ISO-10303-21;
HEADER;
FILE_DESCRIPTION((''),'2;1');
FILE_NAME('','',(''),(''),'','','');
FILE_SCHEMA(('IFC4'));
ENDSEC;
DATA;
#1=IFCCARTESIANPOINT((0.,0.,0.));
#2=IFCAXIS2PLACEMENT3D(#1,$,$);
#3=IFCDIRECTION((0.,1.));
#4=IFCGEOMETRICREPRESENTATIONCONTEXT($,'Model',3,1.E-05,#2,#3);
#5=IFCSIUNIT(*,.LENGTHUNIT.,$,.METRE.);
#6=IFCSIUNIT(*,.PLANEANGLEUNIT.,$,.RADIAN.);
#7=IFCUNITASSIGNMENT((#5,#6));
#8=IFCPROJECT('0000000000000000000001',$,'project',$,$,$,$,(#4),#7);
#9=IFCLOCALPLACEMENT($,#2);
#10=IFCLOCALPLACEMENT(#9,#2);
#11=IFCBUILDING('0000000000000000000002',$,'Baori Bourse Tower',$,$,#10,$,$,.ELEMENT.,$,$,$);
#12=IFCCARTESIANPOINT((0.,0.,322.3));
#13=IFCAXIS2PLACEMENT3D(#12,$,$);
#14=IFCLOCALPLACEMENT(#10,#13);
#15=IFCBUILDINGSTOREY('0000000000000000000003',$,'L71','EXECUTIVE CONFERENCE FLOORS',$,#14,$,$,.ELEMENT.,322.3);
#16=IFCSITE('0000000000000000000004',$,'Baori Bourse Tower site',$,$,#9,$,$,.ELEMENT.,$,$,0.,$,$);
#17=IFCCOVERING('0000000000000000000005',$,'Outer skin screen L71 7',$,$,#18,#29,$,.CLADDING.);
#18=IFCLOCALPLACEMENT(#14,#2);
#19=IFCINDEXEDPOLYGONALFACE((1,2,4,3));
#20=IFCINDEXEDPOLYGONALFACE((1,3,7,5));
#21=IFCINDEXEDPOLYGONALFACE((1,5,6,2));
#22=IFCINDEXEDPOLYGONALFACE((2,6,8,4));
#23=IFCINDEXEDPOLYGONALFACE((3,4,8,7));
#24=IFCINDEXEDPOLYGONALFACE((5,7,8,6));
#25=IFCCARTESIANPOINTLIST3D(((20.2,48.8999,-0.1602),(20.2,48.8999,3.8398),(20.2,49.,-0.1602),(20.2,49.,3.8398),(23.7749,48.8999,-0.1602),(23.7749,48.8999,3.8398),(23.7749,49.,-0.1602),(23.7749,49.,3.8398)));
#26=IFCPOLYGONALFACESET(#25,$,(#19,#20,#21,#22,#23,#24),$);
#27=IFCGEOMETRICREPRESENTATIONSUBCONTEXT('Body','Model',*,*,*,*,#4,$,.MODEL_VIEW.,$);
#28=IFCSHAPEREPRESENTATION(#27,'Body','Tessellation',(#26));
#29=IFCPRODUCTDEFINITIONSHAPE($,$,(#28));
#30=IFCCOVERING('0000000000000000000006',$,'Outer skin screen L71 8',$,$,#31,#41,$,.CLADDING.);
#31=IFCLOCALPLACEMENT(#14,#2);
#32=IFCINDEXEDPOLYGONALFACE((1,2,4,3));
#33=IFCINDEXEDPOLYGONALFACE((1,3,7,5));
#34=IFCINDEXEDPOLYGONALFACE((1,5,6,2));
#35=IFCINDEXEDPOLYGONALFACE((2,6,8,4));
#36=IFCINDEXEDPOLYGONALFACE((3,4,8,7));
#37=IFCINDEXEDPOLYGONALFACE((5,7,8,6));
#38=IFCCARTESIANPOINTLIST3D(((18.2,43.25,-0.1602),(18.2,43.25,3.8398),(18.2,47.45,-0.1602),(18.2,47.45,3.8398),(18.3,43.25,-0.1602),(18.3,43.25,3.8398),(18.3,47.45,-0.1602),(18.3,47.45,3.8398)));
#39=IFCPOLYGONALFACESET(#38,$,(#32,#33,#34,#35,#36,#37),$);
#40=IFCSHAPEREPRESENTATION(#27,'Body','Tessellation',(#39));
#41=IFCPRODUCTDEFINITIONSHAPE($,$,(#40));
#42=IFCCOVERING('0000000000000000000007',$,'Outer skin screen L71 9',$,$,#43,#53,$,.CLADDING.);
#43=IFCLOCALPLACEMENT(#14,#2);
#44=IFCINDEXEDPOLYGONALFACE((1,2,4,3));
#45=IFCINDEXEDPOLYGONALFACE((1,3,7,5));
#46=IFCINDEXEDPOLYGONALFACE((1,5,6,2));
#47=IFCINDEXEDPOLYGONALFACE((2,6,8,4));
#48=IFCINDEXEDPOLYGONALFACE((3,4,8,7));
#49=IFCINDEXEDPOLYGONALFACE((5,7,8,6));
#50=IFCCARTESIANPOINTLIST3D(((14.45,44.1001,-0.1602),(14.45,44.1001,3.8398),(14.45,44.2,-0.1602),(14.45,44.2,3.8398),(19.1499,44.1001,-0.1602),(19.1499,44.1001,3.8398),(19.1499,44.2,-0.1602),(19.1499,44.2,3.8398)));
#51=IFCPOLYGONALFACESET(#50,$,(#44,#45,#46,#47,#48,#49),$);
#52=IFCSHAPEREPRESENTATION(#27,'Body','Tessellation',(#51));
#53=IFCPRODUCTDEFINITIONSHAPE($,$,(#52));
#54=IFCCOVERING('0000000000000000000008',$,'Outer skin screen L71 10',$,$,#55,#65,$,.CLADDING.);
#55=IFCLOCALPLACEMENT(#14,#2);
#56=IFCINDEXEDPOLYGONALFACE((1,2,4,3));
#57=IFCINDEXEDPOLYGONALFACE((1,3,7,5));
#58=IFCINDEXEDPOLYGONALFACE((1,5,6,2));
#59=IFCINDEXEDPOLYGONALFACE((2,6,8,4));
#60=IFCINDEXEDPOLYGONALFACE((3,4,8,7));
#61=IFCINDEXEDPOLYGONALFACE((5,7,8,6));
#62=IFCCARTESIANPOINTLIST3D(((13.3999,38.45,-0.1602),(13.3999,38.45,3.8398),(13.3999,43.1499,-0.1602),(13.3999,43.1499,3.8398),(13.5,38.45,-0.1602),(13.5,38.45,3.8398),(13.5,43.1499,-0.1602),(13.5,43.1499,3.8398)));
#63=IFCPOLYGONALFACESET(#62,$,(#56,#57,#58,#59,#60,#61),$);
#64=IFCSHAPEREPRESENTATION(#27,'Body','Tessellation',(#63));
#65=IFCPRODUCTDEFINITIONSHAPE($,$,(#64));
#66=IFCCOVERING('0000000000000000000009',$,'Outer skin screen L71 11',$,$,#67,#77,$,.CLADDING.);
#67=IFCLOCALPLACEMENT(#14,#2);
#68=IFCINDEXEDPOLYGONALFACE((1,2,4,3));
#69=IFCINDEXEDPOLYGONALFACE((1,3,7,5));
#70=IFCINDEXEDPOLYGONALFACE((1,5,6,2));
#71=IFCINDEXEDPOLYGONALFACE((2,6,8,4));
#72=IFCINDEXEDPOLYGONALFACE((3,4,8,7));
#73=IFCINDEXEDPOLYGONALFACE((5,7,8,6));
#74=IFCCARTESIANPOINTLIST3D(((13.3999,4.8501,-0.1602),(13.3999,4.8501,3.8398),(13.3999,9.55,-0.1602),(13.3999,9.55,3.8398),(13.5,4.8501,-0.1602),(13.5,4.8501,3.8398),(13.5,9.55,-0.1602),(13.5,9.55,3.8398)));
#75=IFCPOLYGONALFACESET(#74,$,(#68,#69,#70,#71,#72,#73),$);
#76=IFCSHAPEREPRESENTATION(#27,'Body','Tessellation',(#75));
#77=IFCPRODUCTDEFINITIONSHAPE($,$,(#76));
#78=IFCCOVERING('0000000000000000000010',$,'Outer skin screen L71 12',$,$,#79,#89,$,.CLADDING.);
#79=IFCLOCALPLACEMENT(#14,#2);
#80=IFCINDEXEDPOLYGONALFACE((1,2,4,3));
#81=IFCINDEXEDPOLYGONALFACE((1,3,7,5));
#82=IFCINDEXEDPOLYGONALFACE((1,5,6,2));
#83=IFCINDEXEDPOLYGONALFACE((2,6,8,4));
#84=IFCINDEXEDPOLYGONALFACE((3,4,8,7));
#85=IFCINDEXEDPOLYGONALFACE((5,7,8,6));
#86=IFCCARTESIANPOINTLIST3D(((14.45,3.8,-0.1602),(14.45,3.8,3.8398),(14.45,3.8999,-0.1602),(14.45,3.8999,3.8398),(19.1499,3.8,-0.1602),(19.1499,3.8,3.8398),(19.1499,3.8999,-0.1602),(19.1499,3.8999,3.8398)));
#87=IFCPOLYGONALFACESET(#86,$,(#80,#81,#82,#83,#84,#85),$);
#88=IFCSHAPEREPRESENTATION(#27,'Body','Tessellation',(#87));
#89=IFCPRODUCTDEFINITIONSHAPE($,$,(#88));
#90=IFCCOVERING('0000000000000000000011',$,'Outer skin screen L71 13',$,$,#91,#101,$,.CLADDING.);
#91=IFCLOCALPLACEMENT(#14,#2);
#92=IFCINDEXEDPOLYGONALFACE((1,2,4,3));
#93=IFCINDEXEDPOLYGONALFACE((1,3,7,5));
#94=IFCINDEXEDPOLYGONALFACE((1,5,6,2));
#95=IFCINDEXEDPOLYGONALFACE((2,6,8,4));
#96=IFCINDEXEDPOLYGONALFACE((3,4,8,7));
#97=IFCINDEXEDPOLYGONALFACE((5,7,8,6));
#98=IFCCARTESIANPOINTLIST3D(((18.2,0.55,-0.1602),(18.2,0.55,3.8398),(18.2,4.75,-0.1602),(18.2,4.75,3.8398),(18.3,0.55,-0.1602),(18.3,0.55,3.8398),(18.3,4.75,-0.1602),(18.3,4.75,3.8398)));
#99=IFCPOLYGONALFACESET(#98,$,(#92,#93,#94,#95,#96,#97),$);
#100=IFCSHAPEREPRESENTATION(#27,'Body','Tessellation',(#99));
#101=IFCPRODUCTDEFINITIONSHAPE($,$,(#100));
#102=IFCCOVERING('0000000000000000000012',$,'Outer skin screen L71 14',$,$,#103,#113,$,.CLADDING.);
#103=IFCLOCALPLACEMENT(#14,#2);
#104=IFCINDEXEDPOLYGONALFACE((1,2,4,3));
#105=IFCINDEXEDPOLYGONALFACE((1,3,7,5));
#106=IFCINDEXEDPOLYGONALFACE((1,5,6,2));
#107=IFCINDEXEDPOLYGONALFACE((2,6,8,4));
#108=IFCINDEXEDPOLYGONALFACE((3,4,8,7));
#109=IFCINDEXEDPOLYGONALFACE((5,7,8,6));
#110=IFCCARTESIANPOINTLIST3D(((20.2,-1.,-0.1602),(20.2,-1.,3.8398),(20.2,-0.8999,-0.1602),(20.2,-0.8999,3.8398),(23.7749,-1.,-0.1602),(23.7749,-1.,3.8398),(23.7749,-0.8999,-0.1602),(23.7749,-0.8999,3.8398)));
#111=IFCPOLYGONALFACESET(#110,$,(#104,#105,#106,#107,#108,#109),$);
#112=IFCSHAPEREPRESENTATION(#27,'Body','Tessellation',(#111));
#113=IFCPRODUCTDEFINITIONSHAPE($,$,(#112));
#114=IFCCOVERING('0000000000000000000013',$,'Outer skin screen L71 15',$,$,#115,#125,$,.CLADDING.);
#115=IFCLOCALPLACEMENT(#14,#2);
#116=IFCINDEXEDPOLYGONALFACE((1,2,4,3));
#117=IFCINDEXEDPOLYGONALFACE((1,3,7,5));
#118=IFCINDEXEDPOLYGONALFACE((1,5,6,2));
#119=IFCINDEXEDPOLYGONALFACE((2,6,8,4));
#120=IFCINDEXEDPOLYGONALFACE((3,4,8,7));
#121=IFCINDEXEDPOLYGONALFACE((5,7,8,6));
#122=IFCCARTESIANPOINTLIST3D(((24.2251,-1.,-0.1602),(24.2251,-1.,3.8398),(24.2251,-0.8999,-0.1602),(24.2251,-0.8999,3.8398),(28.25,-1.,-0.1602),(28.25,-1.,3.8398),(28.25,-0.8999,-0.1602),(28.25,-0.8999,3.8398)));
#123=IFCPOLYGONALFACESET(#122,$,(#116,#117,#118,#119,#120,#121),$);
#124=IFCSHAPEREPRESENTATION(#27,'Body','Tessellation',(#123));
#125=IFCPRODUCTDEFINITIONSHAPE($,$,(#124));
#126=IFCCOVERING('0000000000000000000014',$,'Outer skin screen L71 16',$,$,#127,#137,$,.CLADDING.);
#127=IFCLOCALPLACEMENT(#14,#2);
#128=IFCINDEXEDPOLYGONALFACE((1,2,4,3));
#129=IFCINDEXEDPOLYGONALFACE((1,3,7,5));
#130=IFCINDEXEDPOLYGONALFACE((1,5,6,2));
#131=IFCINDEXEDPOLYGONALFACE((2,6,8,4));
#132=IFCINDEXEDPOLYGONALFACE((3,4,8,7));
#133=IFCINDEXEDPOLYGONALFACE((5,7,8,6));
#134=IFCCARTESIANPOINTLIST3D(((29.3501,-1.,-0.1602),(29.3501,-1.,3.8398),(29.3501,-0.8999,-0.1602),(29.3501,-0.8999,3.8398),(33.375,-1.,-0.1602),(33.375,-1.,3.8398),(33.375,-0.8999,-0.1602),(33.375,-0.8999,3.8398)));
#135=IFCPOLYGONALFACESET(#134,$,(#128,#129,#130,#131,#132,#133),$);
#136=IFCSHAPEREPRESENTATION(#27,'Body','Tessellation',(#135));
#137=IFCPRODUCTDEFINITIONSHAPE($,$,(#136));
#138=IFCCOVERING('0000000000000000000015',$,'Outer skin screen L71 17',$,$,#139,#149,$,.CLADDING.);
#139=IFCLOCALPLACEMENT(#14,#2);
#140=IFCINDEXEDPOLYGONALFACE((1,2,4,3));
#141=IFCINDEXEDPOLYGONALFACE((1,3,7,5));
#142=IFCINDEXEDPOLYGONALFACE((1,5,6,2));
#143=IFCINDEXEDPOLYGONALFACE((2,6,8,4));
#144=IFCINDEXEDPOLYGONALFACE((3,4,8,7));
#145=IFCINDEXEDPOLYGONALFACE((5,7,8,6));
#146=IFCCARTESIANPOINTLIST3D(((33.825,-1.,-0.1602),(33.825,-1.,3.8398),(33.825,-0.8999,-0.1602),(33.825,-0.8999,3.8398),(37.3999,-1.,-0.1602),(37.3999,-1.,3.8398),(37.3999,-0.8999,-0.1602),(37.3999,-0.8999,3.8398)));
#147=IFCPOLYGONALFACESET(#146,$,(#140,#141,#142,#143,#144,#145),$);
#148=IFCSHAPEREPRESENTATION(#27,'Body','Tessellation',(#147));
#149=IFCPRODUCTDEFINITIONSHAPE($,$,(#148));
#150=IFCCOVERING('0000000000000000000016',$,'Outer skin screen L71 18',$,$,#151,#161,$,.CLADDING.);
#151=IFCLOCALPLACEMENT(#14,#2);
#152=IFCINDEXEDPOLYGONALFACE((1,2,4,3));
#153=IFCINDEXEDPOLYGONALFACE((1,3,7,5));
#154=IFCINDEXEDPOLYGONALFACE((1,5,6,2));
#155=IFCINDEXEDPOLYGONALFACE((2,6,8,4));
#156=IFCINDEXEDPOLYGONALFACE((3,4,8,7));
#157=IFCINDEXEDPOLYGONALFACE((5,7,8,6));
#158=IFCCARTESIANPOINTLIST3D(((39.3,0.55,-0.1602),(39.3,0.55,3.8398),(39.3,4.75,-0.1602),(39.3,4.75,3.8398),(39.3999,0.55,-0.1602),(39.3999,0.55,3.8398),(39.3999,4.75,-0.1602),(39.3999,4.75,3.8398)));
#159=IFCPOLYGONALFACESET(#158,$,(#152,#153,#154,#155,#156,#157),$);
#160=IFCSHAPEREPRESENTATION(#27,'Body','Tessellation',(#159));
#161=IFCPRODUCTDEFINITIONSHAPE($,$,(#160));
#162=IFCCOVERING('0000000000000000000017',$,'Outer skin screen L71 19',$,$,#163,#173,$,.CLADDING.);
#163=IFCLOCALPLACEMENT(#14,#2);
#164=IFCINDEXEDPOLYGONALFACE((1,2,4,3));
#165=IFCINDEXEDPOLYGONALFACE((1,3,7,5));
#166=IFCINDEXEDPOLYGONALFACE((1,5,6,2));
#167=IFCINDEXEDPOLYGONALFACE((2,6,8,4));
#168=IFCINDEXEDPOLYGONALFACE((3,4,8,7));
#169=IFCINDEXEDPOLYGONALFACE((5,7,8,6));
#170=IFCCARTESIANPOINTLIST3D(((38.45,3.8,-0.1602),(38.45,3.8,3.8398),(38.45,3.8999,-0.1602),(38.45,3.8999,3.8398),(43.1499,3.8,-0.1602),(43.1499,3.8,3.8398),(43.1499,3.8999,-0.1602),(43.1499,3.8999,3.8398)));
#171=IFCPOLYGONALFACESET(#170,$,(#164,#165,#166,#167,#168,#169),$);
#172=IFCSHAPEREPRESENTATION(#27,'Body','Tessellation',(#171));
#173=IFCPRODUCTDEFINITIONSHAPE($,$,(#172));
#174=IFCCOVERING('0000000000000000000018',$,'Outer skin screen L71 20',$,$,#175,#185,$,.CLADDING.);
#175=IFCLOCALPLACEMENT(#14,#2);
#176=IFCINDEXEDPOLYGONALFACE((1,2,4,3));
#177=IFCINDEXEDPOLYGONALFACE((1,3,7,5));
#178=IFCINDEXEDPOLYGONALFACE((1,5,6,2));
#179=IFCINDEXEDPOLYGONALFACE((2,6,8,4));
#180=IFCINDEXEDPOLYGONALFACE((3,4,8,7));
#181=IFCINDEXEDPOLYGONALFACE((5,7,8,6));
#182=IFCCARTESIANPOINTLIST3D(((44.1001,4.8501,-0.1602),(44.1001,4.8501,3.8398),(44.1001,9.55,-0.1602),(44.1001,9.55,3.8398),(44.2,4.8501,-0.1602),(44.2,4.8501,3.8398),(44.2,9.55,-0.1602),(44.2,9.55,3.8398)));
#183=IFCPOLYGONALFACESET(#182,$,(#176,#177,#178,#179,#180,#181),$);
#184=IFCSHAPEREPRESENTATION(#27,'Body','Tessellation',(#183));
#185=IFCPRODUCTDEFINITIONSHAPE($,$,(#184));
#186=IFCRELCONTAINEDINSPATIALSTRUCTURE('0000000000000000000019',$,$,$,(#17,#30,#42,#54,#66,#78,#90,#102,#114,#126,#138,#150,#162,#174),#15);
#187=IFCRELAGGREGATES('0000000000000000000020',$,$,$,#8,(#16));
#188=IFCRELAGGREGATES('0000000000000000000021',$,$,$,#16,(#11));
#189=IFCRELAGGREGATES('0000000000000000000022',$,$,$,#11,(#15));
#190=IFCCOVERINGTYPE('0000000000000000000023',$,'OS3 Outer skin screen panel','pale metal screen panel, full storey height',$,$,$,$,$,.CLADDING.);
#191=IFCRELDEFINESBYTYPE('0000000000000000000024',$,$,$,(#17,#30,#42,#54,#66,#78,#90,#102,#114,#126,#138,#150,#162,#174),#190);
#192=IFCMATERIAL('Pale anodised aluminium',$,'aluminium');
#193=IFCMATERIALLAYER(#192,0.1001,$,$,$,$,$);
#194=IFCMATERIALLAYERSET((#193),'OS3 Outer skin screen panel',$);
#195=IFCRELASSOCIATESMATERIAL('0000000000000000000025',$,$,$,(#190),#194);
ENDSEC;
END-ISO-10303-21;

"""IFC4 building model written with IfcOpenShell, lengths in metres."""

from ifc_helpers import new_model, si_unit, direction, frame, origin, place, context, subcontext, project, spatial, polyline, outline, extrude, material, layer, layer_set, type_object, element, save


model = new_model("IFC4")

# Units and contexts
model_context = context("Model", 3, precision=1e-05, world=origin(), true_north=direction((0.0, 1.0)))
body_context = subcontext(model_context, "Body", "Model", "MODEL_VIEW")
ifc_project = project(units=[si_unit("LENGTHUNIT", "METRE"), si_unit("PLANEANGLEUNIT", "RADIAN")], contexts=[model_context])

# Site, building, storey
site_placement = place(None, origin())
site = spatial("IfcSite", under=ifc_project, at=site_placement, Name="Baori Bourse Tower site", CompositionType="ELEMENT", RefElevation=0.0)
building_placement = place(site_placement, origin())
building = spatial("IfcBuilding", under=site, at=building_placement, Name="Baori Bourse Tower", CompositionType="ELEMENT")
storey_placement = place(building_placement, frame((0.0, 0.0, 322.3)))
storey = spatial("IfcBuildingStorey", under=building, at=storey_placement, Name="L71", Description="EXECUTIVE CONFERENCE FLOORS", CompositionType="ELEMENT", Elevation=322.3)

# Coverings
ifc_material_1 = material(Name="Pale anodised aluminium", Category="aluminium")
ifc_layer_1 = layer(ifc_material_1, 0.1001)
ifc_layer_set_1 = layer_set([ifc_layer_1], Name="OS3 Outer skin screen panel")
covering_type = type_object("IfcCoveringType", Name="OS3 Outer skin screen panel", Description="pale metal screen panel, full storey height", PredefinedType="CLADDING", material=ifc_layer_set_1)
covering_1_placement = place(storey_placement, frame((0.0, 0.0, -0.1602)))
element("IfcCovering", 1, at=covering_1_placement, inside=storey, type_object=covering_type, Name="Outer skin screen L71 7", PredefinedType="CLADDING", context=body_context, shape_type="SweptSolid", body=[
    extrude(outline(polyline([(20.2, 48.8999), (23.7749, 48.8999), (23.7749, 49.0), (20.2, 49.0), (20.2, 48.8999)])), origin(), (0.0, 0.0, 1.0), 4.0),
])
covering_2_placement = place(storey_placement, frame((0.0, 0.0, -0.1602)))
element("IfcCovering", 2, at=covering_2_placement, inside=storey, type_object=covering_type, Name="Outer skin screen L71 8", PredefinedType="CLADDING", context=body_context, shape_type="SweptSolid", body=[
    extrude(outline(polyline([(18.3, 43.25), (18.3, 47.45), (18.2, 47.45), (18.2, 43.25), (18.3, 43.25)])), origin(), (0.0, 0.0, 1.0), 4.0),
])
covering_3_placement = place(storey_placement, frame((0.0, 0.0, -0.1602)))
element("IfcCovering", 3, at=covering_3_placement, inside=storey, type_object=covering_type, Name="Outer skin screen L71 9", PredefinedType="CLADDING", context=body_context, shape_type="SweptSolid", body=[
    extrude(outline(polyline([(14.45, 44.1001), (19.1499, 44.1001), (19.1499, 44.2), (14.45, 44.2), (14.45, 44.1001)])), origin(), (0.0, 0.0, 1.0), 4.0),
])
covering_4_placement = place(storey_placement, frame((0.0, 0.0, -0.1602)))
element("IfcCovering", 4, at=covering_4_placement, inside=storey, type_object=covering_type, Name="Outer skin screen L71 10", PredefinedType="CLADDING", context=body_context, shape_type="SweptSolid", body=[
    extrude(outline(polyline([(13.5, 38.45), (13.5, 43.1499), (13.3999, 43.1499), (13.3999, 38.45), (13.5, 38.45)])), origin(), (0.0, 0.0, 1.0), 4.0),
])
covering_5_placement = place(storey_placement, frame((0.0, 0.0, -0.1602)))
element("IfcCovering", 5, at=covering_5_placement, inside=storey, type_object=covering_type, Name="Outer skin screen L71 11", PredefinedType="CLADDING", context=body_context, shape_type="SweptSolid", body=[
    extrude(outline(polyline([(13.5, 4.8501), (13.5, 9.55), (13.3999, 9.55), (13.3999, 4.8501), (13.5, 4.8501)])), origin(), (0.0, 0.0, 1.0), 4.0),
])
covering_6_placement = place(storey_placement, frame((0.0, 0.0, -0.1602)))
element("IfcCovering", 6, at=covering_6_placement, inside=storey, type_object=covering_type, Name="Outer skin screen L71 12", PredefinedType="CLADDING", context=body_context, shape_type="SweptSolid", body=[
    extrude(outline(polyline([(19.1499, 3.8999), (14.45, 3.8999), (14.45, 3.8), (19.1499, 3.8), (19.1499, 3.8999)])), origin(), (0.0, 0.0, 1.0), 4.0),
])
covering_7_placement = place(storey_placement, frame((0.0, 0.0, -0.1602)))
element("IfcCovering", 7, at=covering_7_placement, inside=storey, type_object=covering_type, Name="Outer skin screen L71 13", PredefinedType="CLADDING", context=body_context, shape_type="SweptSolid", body=[
    extrude(outline(polyline([(18.3, 0.55), (18.3, 4.75), (18.2, 4.75), (18.2, 0.55), (18.3, 0.55)])), origin(), (0.0, 0.0, 1.0), 4.0),
])
covering_8_placement = place(storey_placement, frame((0.0, 0.0, -0.1602)))
element("IfcCovering", 8, at=covering_8_placement, inside=storey, type_object=covering_type, Name="Outer skin screen L71 14", PredefinedType="CLADDING", context=body_context, shape_type="SweptSolid", body=[
    extrude(outline(polyline([(23.7749, -0.8999), (20.2, -0.8999), (20.2, -1.0), (23.7749, -1.0), (23.7749, -0.8999)])), origin(), (0.0, 0.0, 1.0), 4.0),
])
covering_9_placement = place(storey_placement, frame((0.0, 0.0, -0.1602)))
element("IfcCovering", 9, at=covering_9_placement, inside=storey, type_object=covering_type, Name="Outer skin screen L71 15", PredefinedType="CLADDING", context=body_context, shape_type="SweptSolid", body=[
    extrude(outline(polyline([(28.25, -0.8999), (24.2251, -0.8999), (24.2251, -1.0), (28.25, -1.0), (28.25, -0.8999)])), origin(), (0.0, 0.0, 1.0), 4.0),
])
covering_10_placement = place(storey_placement, frame((0.0, 0.0, -0.1602)))
element("IfcCovering", 10, at=covering_10_placement, inside=storey, type_object=covering_type, Name="Outer skin screen L71 16", PredefinedType="CLADDING", context=body_context, shape_type="SweptSolid", body=[
    extrude(outline(polyline([(33.375, -0.8999), (29.3501, -0.8999), (29.3501, -1.0), (33.375, -1.0), (33.375, -0.8999)])), origin(), (0.0, 0.0, 1.0), 4.0),
])
covering_11_placement = place(storey_placement, frame((0.0, 0.0, -0.1602)))
element("IfcCovering", 11, at=covering_11_placement, inside=storey, type_object=covering_type, Name="Outer skin screen L71 17", PredefinedType="CLADDING", context=body_context, shape_type="SweptSolid", body=[
    extrude(outline(polyline([(37.3999, -0.8999), (33.825, -0.8999), (33.825, -1.0), (37.3999, -1.0), (37.3999, -0.8999)])), origin(), (0.0, 0.0, 1.0), 4.0),
])
covering_12_placement = place(storey_placement, frame((0.0, 0.0, -0.1602)))
element("IfcCovering", 12, at=covering_12_placement, inside=storey, type_object=covering_type, Name="Outer skin screen L71 18", PredefinedType="CLADDING", context=body_context, shape_type="SweptSolid", body=[
    extrude(outline(polyline([(39.3, 4.75), (39.3, 0.55), (39.3999, 0.55), (39.3999, 4.75), (39.3, 4.75)])), origin(), (0.0, 0.0, 1.0), 4.0),
])
covering_13_placement = place(storey_placement, frame((0.0, 0.0, -0.1602)))
element("IfcCovering", 13, at=covering_13_placement, inside=storey, type_object=covering_type, Name="Outer skin screen L71 19", PredefinedType="CLADDING", context=body_context, shape_type="SweptSolid", body=[
    extrude(outline(polyline([(43.1499, 3.8999), (38.45, 3.8999), (38.45, 3.8), (43.1499, 3.8), (43.1499, 3.8999)])), origin(), (0.0, 0.0, 1.0), 4.0),
])
covering_14_placement = place(storey_placement, frame((0.0, 0.0, -0.1602)))
element("IfcCovering", 14, at=covering_14_placement, inside=storey, type_object=covering_type, Name="Outer skin screen L71 20", PredefinedType="CLADDING", context=body_context, shape_type="SweptSolid", body=[
    extrude(outline(polyline([(44.1001, 9.55), (44.1001, 4.8501), (44.2, 4.8501), (44.2, 9.55), (44.1001, 9.55)])), origin(), (0.0, 0.0, 1.0), 4.0),
])

save(model, "model.ifc")
